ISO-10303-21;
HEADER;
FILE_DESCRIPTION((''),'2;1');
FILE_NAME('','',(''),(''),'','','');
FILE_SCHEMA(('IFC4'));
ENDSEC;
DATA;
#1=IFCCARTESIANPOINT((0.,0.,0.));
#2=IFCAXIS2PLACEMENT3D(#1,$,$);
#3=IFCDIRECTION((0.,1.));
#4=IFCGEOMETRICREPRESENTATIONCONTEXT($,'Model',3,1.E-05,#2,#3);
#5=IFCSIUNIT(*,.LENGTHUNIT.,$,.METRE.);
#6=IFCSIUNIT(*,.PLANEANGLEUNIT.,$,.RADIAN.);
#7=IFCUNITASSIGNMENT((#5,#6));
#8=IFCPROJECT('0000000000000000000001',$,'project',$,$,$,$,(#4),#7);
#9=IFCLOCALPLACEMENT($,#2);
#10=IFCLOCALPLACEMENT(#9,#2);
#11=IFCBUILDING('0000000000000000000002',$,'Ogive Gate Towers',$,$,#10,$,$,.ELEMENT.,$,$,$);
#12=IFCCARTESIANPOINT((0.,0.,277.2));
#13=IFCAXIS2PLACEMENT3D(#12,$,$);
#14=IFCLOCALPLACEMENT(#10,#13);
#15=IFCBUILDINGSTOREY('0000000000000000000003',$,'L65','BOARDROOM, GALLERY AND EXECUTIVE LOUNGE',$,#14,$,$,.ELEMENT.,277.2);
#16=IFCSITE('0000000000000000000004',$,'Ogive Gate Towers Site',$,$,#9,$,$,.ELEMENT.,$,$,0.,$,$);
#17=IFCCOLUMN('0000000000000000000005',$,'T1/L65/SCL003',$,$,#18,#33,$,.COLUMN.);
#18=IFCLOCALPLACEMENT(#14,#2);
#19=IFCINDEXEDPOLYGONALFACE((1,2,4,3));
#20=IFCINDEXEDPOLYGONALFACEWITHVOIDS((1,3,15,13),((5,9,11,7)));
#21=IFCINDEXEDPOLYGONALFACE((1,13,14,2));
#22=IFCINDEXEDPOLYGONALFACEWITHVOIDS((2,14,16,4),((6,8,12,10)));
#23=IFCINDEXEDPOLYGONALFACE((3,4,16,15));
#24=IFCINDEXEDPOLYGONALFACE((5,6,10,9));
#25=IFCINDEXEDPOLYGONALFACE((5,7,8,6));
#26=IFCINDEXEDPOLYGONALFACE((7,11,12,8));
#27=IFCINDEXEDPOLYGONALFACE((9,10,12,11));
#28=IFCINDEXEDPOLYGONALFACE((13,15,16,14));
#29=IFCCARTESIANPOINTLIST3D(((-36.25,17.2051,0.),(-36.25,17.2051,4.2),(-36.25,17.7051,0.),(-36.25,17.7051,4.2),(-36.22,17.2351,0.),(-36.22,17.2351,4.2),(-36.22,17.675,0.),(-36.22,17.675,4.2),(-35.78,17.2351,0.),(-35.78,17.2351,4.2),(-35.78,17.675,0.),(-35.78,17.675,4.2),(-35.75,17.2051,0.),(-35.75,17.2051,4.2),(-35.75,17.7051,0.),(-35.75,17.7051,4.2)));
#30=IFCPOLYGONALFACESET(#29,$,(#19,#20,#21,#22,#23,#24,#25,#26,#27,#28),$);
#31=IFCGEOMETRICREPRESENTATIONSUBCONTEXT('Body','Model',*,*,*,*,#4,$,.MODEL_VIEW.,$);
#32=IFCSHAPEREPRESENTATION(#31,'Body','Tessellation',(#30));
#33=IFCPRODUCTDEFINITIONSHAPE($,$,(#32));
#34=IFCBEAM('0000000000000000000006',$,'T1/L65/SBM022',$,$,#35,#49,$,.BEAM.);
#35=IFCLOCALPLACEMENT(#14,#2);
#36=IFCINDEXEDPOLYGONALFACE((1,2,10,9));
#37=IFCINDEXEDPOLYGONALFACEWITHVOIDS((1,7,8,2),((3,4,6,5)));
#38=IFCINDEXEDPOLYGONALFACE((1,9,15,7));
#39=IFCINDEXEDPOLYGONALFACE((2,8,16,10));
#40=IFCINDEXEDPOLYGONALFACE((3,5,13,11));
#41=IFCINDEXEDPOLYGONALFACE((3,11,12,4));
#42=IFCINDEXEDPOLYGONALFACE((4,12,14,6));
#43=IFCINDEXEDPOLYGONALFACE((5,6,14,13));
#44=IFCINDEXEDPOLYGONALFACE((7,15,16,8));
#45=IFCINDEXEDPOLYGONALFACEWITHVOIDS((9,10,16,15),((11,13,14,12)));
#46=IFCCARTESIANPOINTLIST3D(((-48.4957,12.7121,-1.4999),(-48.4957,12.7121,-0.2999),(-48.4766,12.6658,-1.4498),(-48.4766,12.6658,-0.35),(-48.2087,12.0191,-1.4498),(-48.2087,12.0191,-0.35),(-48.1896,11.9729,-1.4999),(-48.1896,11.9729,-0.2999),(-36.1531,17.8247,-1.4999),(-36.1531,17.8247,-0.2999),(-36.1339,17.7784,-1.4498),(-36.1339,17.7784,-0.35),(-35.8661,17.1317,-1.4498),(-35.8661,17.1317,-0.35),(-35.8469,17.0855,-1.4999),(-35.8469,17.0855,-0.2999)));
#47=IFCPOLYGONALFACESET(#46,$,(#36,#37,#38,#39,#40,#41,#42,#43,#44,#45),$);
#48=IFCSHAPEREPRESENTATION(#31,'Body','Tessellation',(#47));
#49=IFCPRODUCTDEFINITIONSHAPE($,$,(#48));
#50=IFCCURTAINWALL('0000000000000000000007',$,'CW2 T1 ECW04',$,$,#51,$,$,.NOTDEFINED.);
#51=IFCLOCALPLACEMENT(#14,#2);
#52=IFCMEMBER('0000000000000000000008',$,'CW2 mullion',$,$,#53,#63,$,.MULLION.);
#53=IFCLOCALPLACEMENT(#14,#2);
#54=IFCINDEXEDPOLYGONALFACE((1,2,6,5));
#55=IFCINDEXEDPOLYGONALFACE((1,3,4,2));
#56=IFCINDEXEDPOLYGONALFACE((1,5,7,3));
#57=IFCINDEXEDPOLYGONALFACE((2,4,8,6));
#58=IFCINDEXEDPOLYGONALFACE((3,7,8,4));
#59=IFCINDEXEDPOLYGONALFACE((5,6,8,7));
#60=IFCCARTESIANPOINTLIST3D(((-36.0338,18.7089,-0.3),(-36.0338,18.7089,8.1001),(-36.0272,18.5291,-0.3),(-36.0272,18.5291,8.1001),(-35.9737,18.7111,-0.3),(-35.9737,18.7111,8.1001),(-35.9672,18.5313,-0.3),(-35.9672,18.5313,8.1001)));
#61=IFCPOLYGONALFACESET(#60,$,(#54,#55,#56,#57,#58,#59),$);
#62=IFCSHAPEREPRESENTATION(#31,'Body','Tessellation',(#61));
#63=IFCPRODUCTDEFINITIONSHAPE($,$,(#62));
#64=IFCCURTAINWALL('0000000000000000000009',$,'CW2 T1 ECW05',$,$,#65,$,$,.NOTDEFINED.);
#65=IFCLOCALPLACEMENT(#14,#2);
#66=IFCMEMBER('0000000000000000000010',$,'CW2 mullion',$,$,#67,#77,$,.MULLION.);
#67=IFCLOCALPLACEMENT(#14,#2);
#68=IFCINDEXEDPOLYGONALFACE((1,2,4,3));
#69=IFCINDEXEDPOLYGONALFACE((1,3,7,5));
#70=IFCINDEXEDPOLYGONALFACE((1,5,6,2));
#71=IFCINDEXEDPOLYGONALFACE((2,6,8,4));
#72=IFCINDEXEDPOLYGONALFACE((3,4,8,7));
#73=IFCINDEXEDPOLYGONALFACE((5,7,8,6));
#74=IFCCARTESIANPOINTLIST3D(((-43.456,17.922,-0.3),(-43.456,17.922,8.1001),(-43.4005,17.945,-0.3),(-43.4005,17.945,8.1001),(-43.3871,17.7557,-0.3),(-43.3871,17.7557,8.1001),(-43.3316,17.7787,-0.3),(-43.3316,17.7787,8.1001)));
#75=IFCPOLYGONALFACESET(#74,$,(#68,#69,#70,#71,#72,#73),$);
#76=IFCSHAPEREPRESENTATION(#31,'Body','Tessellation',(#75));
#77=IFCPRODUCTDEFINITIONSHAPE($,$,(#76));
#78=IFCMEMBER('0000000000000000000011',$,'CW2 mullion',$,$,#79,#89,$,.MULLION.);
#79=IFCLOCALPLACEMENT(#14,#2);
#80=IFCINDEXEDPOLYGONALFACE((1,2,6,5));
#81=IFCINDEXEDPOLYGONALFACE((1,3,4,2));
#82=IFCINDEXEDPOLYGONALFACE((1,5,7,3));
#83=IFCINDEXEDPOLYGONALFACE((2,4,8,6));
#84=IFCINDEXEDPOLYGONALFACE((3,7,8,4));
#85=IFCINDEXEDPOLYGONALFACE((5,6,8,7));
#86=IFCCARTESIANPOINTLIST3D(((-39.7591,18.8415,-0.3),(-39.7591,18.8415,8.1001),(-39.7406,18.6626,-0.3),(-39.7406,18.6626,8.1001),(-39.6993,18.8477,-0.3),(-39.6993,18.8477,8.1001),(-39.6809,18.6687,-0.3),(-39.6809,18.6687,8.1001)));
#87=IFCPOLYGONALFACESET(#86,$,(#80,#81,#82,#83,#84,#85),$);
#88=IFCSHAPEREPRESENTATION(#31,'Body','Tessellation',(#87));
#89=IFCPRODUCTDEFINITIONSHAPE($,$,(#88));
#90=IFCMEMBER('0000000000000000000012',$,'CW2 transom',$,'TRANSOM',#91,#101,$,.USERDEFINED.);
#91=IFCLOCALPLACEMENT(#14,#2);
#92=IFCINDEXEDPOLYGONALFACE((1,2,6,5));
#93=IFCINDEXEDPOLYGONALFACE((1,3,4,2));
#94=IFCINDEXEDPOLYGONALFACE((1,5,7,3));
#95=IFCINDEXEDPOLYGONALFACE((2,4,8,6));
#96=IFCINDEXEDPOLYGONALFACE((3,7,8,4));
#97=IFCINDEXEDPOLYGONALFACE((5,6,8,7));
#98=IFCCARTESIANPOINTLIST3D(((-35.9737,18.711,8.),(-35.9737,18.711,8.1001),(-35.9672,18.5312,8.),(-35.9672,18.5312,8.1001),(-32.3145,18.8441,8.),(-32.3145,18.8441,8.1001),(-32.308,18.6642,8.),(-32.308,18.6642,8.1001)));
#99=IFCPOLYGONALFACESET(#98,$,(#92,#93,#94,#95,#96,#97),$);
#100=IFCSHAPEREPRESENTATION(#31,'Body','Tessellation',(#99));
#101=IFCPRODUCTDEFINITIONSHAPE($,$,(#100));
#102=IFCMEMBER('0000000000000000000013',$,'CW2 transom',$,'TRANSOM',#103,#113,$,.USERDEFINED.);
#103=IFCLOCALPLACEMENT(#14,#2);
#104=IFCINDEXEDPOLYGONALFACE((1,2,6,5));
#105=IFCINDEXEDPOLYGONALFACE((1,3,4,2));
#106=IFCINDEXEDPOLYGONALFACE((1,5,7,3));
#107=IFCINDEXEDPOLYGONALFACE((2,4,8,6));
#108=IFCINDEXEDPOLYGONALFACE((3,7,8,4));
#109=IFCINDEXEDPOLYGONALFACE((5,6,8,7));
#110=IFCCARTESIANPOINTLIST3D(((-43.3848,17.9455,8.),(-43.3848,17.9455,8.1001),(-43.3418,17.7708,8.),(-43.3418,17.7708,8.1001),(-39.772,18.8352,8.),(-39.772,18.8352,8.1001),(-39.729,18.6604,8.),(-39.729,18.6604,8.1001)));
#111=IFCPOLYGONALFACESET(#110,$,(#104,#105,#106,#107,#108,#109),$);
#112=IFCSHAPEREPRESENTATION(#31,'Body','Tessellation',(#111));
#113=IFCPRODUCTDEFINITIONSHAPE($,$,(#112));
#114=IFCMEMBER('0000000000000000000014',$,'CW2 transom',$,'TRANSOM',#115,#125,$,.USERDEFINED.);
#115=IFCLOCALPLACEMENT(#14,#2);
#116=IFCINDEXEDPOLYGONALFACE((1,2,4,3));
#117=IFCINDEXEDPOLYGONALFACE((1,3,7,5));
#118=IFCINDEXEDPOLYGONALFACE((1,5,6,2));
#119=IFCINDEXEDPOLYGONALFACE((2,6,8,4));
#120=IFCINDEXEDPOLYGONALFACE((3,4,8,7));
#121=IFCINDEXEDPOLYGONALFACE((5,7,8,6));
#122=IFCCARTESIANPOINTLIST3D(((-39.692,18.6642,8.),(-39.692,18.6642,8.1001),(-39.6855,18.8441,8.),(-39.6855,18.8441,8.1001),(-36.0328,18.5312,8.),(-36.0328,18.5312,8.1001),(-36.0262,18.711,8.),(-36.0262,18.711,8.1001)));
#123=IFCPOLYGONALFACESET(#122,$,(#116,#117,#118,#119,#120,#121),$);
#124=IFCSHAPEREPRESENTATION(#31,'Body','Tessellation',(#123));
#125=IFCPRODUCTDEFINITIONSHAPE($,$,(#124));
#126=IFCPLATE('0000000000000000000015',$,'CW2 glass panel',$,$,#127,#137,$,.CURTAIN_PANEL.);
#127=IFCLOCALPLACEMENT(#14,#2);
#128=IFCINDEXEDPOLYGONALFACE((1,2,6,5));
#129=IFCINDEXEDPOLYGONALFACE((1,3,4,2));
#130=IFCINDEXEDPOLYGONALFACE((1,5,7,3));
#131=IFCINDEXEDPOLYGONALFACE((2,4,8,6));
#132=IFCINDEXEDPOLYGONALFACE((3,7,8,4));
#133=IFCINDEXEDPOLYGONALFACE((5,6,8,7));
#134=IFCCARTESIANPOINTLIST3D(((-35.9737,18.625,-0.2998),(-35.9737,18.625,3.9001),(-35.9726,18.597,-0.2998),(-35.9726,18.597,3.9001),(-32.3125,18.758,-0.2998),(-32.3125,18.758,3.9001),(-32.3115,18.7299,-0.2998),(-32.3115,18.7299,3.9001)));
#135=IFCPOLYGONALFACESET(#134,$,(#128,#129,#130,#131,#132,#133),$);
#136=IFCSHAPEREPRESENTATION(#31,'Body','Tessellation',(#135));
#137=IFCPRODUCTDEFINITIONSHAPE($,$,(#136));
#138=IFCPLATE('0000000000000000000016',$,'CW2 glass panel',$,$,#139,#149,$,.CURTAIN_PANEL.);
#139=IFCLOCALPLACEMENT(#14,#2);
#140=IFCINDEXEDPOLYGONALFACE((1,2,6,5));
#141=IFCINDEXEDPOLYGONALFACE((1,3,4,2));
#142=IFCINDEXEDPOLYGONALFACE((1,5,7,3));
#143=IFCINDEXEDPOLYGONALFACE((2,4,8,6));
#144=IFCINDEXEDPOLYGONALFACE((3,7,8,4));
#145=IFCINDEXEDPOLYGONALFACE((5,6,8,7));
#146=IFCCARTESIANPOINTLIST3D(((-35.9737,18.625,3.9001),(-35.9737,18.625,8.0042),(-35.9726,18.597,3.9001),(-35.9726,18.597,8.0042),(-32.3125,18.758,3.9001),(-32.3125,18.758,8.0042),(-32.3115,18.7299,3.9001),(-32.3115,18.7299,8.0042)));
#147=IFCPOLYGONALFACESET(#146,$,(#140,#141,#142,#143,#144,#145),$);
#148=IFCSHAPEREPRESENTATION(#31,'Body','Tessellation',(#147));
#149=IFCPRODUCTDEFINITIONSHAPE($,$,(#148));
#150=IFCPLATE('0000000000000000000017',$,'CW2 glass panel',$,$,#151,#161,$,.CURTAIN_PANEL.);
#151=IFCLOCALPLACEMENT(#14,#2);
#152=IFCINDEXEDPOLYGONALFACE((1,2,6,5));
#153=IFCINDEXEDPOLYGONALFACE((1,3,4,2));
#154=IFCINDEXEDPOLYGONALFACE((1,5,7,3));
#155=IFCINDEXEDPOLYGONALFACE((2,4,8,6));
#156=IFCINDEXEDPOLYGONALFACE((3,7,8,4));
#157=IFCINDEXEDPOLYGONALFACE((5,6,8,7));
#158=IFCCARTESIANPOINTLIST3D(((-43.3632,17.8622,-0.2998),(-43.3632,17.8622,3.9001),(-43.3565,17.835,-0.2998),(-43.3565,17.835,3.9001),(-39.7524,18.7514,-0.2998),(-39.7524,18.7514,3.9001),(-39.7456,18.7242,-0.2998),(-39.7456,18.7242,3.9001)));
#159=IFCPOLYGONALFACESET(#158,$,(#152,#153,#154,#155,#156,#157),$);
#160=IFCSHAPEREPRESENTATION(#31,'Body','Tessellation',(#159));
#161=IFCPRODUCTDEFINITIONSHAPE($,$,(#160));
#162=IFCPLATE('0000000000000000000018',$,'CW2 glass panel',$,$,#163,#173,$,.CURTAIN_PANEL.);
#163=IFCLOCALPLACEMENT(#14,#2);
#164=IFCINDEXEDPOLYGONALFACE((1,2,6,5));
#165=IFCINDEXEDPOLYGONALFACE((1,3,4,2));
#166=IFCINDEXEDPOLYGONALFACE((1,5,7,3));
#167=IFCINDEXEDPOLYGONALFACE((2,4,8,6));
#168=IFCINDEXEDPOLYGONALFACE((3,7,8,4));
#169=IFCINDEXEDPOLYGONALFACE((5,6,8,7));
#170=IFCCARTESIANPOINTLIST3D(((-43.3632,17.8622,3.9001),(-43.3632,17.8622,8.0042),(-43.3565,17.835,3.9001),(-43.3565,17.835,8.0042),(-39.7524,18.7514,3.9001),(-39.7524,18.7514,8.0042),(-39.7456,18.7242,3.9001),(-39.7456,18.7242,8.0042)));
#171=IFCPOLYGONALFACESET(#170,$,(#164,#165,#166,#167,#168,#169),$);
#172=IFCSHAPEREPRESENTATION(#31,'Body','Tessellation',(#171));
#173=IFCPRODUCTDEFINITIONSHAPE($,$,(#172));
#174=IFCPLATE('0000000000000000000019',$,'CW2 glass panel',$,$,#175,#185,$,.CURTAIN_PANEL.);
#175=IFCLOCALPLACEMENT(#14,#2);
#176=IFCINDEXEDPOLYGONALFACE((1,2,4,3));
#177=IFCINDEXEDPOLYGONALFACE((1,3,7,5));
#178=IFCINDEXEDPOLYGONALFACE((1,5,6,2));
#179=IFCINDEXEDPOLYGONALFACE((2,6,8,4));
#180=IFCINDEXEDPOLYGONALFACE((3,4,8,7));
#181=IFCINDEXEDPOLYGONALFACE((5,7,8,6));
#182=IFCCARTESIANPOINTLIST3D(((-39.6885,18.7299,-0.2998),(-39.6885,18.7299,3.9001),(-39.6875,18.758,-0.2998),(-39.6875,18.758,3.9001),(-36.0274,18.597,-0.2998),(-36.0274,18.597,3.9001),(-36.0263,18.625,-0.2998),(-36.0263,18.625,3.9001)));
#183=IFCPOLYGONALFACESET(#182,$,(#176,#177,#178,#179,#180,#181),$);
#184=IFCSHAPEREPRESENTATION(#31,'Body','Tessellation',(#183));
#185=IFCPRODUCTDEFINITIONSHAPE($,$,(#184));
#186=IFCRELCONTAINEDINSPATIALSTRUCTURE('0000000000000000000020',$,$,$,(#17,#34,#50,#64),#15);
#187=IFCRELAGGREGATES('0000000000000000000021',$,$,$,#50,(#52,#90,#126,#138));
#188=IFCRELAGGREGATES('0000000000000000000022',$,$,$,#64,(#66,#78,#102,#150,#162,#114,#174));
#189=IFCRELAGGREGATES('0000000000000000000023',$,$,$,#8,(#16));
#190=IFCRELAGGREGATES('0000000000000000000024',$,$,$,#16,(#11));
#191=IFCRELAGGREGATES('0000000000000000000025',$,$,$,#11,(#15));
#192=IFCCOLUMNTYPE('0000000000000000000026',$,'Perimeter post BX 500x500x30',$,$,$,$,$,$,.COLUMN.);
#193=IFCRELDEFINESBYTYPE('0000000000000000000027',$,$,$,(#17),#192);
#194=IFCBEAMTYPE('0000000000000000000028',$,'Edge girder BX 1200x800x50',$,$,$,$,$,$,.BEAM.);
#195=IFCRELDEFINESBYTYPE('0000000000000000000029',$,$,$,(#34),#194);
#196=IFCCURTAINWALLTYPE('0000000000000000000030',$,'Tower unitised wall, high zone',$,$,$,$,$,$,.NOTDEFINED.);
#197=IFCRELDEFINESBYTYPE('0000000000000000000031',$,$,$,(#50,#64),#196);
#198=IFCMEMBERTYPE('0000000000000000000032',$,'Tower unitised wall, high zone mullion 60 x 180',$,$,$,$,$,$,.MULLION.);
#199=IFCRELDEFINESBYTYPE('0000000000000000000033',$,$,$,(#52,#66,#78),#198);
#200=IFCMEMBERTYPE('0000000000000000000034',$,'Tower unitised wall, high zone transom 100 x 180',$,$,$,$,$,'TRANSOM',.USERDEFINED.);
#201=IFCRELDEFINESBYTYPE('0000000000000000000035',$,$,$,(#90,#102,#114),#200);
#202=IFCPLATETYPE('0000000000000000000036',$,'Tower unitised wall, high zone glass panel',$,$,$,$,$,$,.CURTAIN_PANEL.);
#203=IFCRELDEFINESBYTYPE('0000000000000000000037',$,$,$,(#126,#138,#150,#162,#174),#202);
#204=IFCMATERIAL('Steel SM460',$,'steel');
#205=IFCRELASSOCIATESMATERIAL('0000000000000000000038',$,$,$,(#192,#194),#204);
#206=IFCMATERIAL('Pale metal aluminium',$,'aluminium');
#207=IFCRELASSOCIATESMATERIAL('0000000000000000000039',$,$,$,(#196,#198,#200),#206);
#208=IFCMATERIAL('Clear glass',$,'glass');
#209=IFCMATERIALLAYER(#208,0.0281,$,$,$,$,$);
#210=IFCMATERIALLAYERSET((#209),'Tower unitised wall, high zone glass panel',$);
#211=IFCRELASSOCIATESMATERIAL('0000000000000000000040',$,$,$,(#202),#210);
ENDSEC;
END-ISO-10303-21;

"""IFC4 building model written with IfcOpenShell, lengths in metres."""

from ifc_helpers import new_model, si_unit, direction, frame, origin, origin_2d, place, context, subcontext, project, spatial, rectangle, hollow_rectangle, extrude, material, layer, layer_set, material_profile, profile_set, type_object, element, aggregate, save


model = new_model("IFC4")

# Units and contexts
model_context = context("Model", 3, precision=1e-05, world=origin(), true_north=direction((0.0, 1.0)))
body_context = subcontext(model_context, "Body", "Model", "MODEL_VIEW")
ifc_project = project(units=[si_unit("LENGTHUNIT", "METRE"), si_unit("PLANEANGLEUNIT", "RADIAN")], contexts=[model_context])

# Site, building, storey
site_placement = place(None, origin())
site = spatial("IfcSite", under=ifc_project, at=site_placement, Name="Ogive Gate Towers Site", CompositionType="ELEMENT", RefElevation=0.0)
building_placement = place(site_placement, origin())
building = spatial("IfcBuilding", under=site, at=building_placement, Name="Ogive Gate Towers", CompositionType="ELEMENT")
storey_placement = place(building_placement, frame((0.0, 0.0, 277.2)))
storey = spatial("IfcBuildingStorey", under=building, at=storey_placement, Name="L65", Description="BOARDROOM, GALLERY AND EXECUTIVE LOUNGE", CompositionType="ELEMENT", Elevation=277.2)

# Column
ifc_material_1 = material(Name="Steel SM460", Category="steel")
ifc_material_profile_1 = material_profile(ifc_material_1, hollow_rectangle(XDim=0.5, YDim=0.5, WallThickness=0.03, at=origin_2d()), Name="BX 500x500x30")
ifc_profile_set_1 = profile_set([ifc_material_profile_1], Name="Steel SM460")
column_type = type_object("IfcColumnType", Name="Perimeter post BX 500x500x30", PredefinedType="COLUMN", material=ifc_profile_set_1)
column_placement = place(storey_placement, frame((-36.0, 17.4551, 0.0), z_axis=(0.0, 0.0, 1.0), x_axis=(1.0, 0.0, 0.0)))
element("IfcColumn", 1, at=column_placement, inside=storey, type_object=column_type, Name="T1/L65/SCL003", PredefinedType="COLUMN", context=body_context, shape_type="SweptSolid", body=[
    extrude(hollow_rectangle(XDim=0.5, YDim=0.5, WallThickness=0.03, at=origin_2d()), origin(), (0.0, 0.0, 1.0), 4.2),
])

# Beam
ifc_material_profile_2 = material_profile(ifc_material_1, hollow_rectangle(XDim=0.8, YDim=1.2, WallThickness=0.05, at=origin_2d()), Name="BX 1200x800x50")
ifc_profile_set_2 = profile_set([ifc_material_profile_2], Name="Steel SM460")
beam_type = type_object("IfcBeamType", Name="Edge girder BX 1200x800x50", PredefinedType="BEAM", material=ifc_profile_set_2)
beam_placement = place(storey_placement, frame((-36.0, 17.4551, -0.8999), z_axis=(-0.923877, -0.38269, 0.0), x_axis=(0.38269, -0.923877, 0.0)))
element("IfcBeam", 2, at=beam_placement, inside=storey, type_object=beam_type, Name="T1/L65/SBM022", PredefinedType="BEAM", context=body_context, shape_type="SweptSolid", body=[
    extrude(hollow_rectangle(XDim=0.8, YDim=1.2, WallThickness=0.05, at=origin_2d()), origin(), (0.0, 0.0, 1.0), 13.3596),
])

# Curtain wall, member
ifc_material_2 = material(Name="Pale metal aluminium", Category="aluminium")
curtain_wall_type = type_object("IfcCurtainWallType", Name="Tower unitised wall, high zone", PredefinedType="NOTDEFINED", material=ifc_material_2)
curtain_wall_1_placement = place(storey_placement, origin())
curtain_wall_1 = element("IfcCurtainWall", 3, at=curtain_wall_1_placement, inside=storey, type_object=curtain_wall_type, Name="CW2 T1 ECW04", PredefinedType="NOTDEFINED")
ifc_material_profile_3 = material_profile(ifc_material_2, rectangle(XDim=0.1799, YDim=0.0601, at=origin_2d()), Name="60 x 180 aluminium box")
ifc_profile_set_3 = profile_set([ifc_material_profile_3], Name="Pale metal aluminium")
member_type_1 = type_object("IfcMemberType", Name="Tower unitised wall, high zone mullion 60 x 180", PredefinedType="MULLION", material=ifc_profile_set_3)
member_1_placement = place(storey_placement, frame((-36.0005, 18.6201, -0.3), z_axis=(0.0, 0.0, 1.0), x_axis=(0.036295, -0.999341, 0.0)))
member_1 = element("IfcMember", 4, at=member_1_placement, type_object=member_type_1, Name="CW2 mullion", PredefinedType="MULLION", context=body_context, shape_type="SweptSolid", body=[
    extrude(rectangle(XDim=0.1799, YDim=0.0601, at=origin_2d()), origin(), (0.0, 0.0, 1.0), 8.4001),
])

# Curtain wall, members
curtain_wall_2_placement = place(storey_placement, origin())
curtain_wall_2 = element("IfcCurtainWall", 5, at=curtain_wall_2_placement, inside=storey, type_object=curtain_wall_type, Name="CW2 T1 ECW05", PredefinedType="NOTDEFINED")
member_2_placement = place(storey_placement, frame((-43.3938, 17.8503, -0.3), z_axis=(0.0, 0.0, 1.0), x_axis=(0.382683, -0.92388, 0.0)))
member_2 = element("IfcMember", 6, at=member_2_placement, type_object=member_type_1, Name="CW2 mullion", PredefinedType="MULLION", context=body_context, shape_type="SweptSolid", body=[
    extrude(rectangle(XDim=0.1799, YDim=0.0601, at=origin_2d()), origin(), (0.0, 0.0, 1.0), 8.4001),
])
member_3_placement = place(storey_placement, frame((-39.72, 18.7551, -0.3), z_axis=(0.0, 0.0, 1.0), x_axis=(0.102393, -0.994744, 0.0)))
member_3 = element("IfcMember", 7, at=member_3_placement, type_object=member_type_1, Name="CW2 mullion", PredefinedType="MULLION", context=body_context, shape_type="SweptSolid", body=[
    extrude(rectangle(XDim=0.1799, YDim=0.0601, at=origin_2d()), origin(), (0.0, 0.0, 1.0), 8.4001),
])

# Members
ifc_material_profile_4 = material_profile(ifc_material_2, rectangle(XDim=0.1799, YDim=0.1001, at=origin_2d()), Name="100 x 180 aluminium box")
ifc_profile_set_4 = profile_set([ifc_material_profile_4], Name="Pale metal aluminium")
member_type_2 = type_object("IfcMemberType", Name="Tower unitised wall, high zone transom 100 x 180", ElementType="TRANSOM", PredefinedType="USERDEFINED", material=ifc_profile_set_4)
member_4_placement = place(storey_placement, frame((-35.9705, 18.6211, 8.05), z_axis=(0.99934, 0.036338, 0.0), x_axis=(-0.036338, 0.99934, 0.0)))
member_4 = element("IfcMember", 8, at=member_4_placement, type_object=member_type_2, Name="CW2 transom", ObjectType="TRANSOM", PredefinedType="USERDEFINED", context=body_context, shape_type="SweptSolid", body=[
    extrude(rectangle(XDim=0.1799, YDim=0.1001, at=origin_2d()), origin(), (0.0, 0.0, 1.0), 3.6616),
])
member_5_placement = place(storey_placement, frame((-43.3633, 17.8582, 8.05), z_axis=(0.970993, 0.239107, 0.0), x_axis=(-0.239107, 0.970993, 0.0)))
member_5 = element("IfcMember", 9, at=member_5_placement, type_object=member_type_2, Name="CW2 transom", ObjectType="TRANSOM", PredefinedType="USERDEFINED", context=body_context, shape_type="SweptSolid", body=[
    extrude(rectangle(XDim=0.1799, YDim=0.1001, at=origin_2d()), origin(), (0.0, 0.0, 1.0), 3.7207),
])
member_6_placement = place(storey_placement, frame((-39.6887, 18.7542, 8.05), z_axis=(0.99934, -0.036338, 0.0), x_axis=(0.036338, 0.99934, 0.0)))
member_6 = element("IfcMember", 10, at=member_6_placement, type_object=member_type_2, Name="CW2 transom", ObjectType="TRANSOM", PredefinedType="USERDEFINED", context=body_context, shape_type="SweptSolid", body=[
    extrude(rectangle(XDim=0.1799, YDim=0.1001, at=origin_2d()), origin(), (0.0, 0.0, 1.0), 3.6616),
])

# Plates
ifc_material_3 = material(Name="Clear glass", Category="glass")
ifc_layer_1 = layer(ifc_material_3, 0.0281)
ifc_layer_set_1 = layer_set([ifc_layer_1], Name="Tower unitised wall, high zone glass panel")
plate_type = type_object("IfcPlateType", Name="Tower unitised wall, high zone glass panel", PredefinedType="CURTAIN_PANEL", material=ifc_layer_set_1)
plate_1_placement = place(storey_placement, frame((-34.1426, 18.6775, -0.2998), z_axis=(0.0, 0.0, 1.0), x_axis=(0.999341, 0.036295, 0.0)))
plate_1 = element("IfcPlate", 11, at=plate_1_placement, type_object=plate_type, Name="CW2 glass panel", PredefinedType="CURTAIN_PANEL", context=body_context, shape_type="SweptSolid", body=[
    extrude(rectangle(XDim=3.6636, YDim=0.0281, at=origin_2d()), origin(), (0.0, 0.0, 1.0), 4.2),
])
plate_2_placement = place(storey_placement, frame((-34.1426, 18.6775, 3.9001), z_axis=(0.0, 0.0, 1.0), x_axis=(0.999341, 0.036295, 0.0)))
plate_2 = element("IfcPlate", 12, at=plate_2_placement, type_object=plate_type, Name="CW2 glass panel", PredefinedType="CURTAIN_PANEL", context=body_context, shape_type="SweptSolid", body=[
    extrude(rectangle(XDim=3.6636, YDim=0.0281, at=origin_2d()), origin(), (0.0, 0.0, 1.0), 4.104),
])
aggregate(curtain_wall_1, [member_1, member_4, plate_1, plate_2])
plate_3_placement = place(storey_placement, frame((-41.5544, 18.2932, -0.2998), z_axis=(0.0, 0.0, 1.0), x_axis=(0.970993, 0.23911, 0.0)))
plate_3 = element("IfcPlate", 13, at=plate_3_placement, type_object=plate_type, Name="CW2 glass panel", PredefinedType="CURTAIN_PANEL", context=body_context, shape_type="SweptSolid", body=[
    extrude(rectangle(XDim=3.7188, YDim=0.0281, at=origin_2d()), origin(), (0.0, 0.0, 1.0), 4.2),
])
plate_4_placement = place(storey_placement, frame((-41.5544, 18.2932, 3.9001), z_axis=(0.0, 0.0, 1.0), x_axis=(0.970993, 0.23911, 0.0)))
plate_4 = element("IfcPlate", 14, at=plate_4_placement, type_object=plate_type, Name="CW2 glass panel", PredefinedType="CURTAIN_PANEL", context=body_context, shape_type="SweptSolid", body=[
    extrude(rectangle(XDim=3.7188, YDim=0.0281, at=origin_2d()), origin(), (0.0, 0.0, 1.0), 4.104),
])
plate_5_placement = place(storey_placement, frame((-37.8574, 18.6775, -0.2998), z_axis=(0.0, 0.0, 1.0), x_axis=(0.999341, -0.036295, 0.0)))
plate_5 = element("IfcPlate", 15, at=plate_5_placement, type_object=plate_type, Name="CW2 glass panel", PredefinedType="CURTAIN_PANEL", context=body_context, shape_type="SweptSolid", body=[
    extrude(rectangle(XDim=3.6636, YDim=0.0281, at=origin_2d()), origin(), (0.0, 0.0, 1.0), 4.2),
])
aggregate(curtain_wall_2, [member_2, member_3, member_5, plate_3, plate_4, member_6, plate_5])

save(model, "model.ifc")
